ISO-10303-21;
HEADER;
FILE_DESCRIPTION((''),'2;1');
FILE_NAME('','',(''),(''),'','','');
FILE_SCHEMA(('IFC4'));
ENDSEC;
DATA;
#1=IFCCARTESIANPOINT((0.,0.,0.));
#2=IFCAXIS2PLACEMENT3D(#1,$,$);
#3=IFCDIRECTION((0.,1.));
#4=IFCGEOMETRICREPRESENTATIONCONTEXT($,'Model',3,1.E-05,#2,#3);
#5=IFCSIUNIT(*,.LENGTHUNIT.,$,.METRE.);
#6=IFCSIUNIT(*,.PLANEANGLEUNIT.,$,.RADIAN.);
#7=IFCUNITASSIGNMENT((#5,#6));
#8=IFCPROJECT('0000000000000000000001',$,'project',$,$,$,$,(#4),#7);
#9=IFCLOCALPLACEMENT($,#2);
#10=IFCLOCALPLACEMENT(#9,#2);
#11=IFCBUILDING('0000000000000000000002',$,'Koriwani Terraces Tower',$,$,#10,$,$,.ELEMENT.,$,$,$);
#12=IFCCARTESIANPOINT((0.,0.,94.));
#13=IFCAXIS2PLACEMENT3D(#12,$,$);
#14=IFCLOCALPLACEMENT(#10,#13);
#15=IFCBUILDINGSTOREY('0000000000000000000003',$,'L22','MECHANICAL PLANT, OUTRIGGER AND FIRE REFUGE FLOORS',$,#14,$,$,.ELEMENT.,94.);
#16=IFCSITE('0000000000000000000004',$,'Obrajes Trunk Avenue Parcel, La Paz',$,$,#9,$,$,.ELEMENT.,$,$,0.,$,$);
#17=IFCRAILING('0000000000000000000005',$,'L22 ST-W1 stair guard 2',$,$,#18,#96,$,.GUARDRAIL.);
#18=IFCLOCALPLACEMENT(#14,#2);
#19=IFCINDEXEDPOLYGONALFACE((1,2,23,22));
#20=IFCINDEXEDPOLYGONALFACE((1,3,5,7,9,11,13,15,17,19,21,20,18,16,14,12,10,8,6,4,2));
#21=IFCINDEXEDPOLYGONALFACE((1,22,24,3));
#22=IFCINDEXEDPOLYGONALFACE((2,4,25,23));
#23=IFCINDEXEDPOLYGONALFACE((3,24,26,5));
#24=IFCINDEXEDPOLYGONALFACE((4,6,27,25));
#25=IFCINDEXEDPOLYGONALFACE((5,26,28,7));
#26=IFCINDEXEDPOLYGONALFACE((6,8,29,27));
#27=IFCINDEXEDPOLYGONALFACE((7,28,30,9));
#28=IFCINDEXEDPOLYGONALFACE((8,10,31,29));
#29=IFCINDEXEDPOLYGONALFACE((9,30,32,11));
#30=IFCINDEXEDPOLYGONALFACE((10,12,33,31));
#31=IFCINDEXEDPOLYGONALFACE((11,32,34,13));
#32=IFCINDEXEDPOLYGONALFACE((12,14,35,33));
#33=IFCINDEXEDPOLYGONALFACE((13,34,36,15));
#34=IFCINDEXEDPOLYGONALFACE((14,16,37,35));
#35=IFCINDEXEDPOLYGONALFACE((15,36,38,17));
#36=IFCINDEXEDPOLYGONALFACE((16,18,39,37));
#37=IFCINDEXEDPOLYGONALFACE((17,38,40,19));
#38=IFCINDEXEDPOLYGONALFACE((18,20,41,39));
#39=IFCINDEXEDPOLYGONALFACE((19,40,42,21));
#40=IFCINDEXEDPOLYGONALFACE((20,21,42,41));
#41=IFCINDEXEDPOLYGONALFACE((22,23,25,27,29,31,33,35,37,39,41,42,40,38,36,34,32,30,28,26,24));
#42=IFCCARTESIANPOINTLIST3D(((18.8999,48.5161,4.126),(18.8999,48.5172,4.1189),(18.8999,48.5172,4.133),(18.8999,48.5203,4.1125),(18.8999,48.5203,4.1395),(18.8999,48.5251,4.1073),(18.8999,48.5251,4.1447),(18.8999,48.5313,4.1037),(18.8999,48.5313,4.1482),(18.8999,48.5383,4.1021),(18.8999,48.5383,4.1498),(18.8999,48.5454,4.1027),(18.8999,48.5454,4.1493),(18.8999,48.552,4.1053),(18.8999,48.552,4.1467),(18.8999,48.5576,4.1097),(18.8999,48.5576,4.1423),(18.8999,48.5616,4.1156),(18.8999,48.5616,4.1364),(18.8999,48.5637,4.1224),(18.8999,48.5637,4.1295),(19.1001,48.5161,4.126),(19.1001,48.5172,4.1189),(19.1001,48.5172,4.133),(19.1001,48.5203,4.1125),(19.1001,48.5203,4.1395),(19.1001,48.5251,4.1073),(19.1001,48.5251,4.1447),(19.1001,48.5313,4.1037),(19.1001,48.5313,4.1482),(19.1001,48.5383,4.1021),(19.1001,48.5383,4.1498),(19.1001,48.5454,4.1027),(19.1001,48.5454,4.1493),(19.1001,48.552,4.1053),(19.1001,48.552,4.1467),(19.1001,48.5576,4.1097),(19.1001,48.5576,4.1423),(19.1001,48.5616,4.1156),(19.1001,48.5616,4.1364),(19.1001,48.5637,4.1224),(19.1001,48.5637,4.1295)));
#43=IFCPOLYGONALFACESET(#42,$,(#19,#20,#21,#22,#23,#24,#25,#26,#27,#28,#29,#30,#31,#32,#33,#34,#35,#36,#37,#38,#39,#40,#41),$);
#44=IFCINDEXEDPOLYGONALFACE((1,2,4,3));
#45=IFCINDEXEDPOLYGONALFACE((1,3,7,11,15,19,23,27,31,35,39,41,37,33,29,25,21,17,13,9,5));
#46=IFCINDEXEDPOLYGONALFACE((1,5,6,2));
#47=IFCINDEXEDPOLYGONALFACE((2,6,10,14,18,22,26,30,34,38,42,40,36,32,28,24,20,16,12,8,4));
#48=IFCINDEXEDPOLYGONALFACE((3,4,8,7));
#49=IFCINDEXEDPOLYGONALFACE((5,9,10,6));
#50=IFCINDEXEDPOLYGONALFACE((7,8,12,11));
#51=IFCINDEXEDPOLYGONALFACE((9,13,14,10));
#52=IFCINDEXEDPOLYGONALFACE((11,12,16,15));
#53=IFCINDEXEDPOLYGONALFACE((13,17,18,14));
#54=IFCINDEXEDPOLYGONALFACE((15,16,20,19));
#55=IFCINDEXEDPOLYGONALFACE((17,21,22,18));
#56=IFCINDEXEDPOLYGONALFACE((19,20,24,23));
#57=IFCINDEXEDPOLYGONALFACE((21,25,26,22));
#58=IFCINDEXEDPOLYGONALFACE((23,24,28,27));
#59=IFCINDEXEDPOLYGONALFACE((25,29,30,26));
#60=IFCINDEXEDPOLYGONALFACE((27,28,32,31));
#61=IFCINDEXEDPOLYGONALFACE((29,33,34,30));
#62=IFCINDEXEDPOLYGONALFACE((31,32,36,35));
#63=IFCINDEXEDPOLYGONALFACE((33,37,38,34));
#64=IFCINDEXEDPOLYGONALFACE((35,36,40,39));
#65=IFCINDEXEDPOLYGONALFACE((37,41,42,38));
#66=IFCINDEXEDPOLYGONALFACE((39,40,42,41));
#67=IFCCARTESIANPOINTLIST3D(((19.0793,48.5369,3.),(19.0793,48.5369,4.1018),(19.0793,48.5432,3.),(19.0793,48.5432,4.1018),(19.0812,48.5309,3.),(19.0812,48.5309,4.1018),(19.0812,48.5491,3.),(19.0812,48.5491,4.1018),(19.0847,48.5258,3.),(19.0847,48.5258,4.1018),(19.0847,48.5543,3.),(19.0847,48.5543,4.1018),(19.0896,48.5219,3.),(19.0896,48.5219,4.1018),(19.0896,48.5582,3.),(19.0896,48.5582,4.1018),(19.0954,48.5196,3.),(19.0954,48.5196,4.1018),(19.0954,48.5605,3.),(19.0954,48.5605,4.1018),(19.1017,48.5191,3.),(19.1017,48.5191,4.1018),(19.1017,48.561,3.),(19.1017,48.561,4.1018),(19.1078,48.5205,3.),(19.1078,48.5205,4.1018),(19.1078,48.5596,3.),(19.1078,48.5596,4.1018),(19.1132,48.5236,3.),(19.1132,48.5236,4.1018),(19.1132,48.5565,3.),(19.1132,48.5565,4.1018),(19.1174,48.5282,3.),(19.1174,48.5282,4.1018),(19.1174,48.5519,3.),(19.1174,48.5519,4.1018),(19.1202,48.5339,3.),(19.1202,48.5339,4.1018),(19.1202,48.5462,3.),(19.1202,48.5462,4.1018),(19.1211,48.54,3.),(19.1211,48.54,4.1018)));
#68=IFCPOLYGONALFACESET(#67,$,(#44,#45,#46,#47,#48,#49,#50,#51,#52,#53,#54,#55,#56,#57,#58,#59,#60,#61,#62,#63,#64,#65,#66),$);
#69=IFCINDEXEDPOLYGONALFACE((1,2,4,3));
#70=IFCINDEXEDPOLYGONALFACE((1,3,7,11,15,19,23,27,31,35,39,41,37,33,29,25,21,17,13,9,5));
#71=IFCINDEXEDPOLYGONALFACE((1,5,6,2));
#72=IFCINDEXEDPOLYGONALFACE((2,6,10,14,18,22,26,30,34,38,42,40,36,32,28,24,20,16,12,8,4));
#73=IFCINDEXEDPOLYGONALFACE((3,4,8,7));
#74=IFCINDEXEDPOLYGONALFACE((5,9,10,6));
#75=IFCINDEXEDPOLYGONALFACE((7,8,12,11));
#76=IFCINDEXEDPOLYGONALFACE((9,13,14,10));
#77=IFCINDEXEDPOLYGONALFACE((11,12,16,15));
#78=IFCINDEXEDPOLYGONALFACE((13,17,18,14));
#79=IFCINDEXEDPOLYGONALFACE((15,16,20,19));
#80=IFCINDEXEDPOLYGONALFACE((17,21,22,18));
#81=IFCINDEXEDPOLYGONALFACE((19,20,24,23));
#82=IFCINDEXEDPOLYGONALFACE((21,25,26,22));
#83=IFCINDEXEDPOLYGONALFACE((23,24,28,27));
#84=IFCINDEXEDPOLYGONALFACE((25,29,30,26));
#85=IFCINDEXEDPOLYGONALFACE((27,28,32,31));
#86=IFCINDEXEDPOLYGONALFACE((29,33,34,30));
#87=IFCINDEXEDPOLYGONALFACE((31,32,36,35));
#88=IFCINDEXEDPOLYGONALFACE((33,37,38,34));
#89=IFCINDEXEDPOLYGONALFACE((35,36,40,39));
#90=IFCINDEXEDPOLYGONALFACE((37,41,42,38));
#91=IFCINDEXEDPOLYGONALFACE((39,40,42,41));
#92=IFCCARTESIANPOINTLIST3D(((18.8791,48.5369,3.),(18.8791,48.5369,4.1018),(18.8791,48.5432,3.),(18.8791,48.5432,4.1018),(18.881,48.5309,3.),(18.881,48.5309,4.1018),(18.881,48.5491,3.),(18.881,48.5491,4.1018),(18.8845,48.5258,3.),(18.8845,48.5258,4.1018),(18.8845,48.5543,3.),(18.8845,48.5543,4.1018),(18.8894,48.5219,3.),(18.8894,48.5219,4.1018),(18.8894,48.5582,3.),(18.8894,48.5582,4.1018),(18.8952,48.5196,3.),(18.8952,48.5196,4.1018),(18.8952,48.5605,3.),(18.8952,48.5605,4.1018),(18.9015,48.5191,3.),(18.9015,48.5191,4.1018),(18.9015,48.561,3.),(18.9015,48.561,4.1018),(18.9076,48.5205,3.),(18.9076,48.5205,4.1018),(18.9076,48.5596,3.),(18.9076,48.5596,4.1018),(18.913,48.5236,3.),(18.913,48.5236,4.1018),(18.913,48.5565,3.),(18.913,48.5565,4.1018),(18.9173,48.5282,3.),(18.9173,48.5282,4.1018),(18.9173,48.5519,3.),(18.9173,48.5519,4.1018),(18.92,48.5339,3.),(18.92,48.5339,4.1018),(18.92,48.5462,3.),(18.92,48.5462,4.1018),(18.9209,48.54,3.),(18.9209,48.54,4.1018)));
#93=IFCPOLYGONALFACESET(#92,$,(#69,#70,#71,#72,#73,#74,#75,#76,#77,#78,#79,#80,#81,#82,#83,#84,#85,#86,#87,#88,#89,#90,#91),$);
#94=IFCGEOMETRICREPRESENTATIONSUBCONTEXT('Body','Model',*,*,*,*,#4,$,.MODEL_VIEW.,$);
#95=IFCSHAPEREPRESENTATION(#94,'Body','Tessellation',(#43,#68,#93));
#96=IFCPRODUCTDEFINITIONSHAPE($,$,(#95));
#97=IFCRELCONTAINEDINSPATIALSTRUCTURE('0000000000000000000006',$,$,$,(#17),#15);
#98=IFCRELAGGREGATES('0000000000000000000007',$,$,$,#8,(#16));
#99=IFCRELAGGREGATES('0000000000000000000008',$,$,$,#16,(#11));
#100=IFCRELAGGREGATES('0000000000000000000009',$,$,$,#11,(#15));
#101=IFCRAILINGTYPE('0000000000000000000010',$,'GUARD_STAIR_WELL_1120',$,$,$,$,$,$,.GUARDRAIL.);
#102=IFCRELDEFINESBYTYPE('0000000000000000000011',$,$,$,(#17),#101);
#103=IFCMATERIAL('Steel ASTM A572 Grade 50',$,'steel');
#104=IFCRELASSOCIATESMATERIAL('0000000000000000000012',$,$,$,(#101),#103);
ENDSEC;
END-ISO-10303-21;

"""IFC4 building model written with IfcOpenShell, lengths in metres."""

from ifc_helpers import new_model, si_unit, direction, frame, origin, origin_2d, place, context, subcontext, project, spatial, circle, extrude, material, type_object, element, save


model = new_model("IFC4")

# Units and contexts
model_context = context("Model", 3, precision=1e-05, world=origin(), true_north=direction((0.0, 1.0)))
body_context = subcontext(model_context, "Body", "Model", "MODEL_VIEW")
ifc_project = project(units=[si_unit("LENGTHUNIT", "METRE"), si_unit("PLANEANGLEUNIT", "RADIAN")], contexts=[model_context])

# Site, building, storey
site_placement = place(None, origin())
site = spatial("IfcSite", under=ifc_project, at=site_placement, Name="Obrajes Trunk Avenue Parcel, La Paz", CompositionType="ELEMENT", RefElevation=0.0)
building_placement = place(site_placement, origin())
building = spatial("IfcBuilding", under=site, at=building_placement, Name="Koriwani Terraces Tower", CompositionType="ELEMENT")
storey_placement = place(building_placement, frame((0.0, 0.0, 94.0)))
storey = spatial("IfcBuildingStorey", under=building, at=storey_placement, Name="L22", Description="MECHANICAL PLANT, OUTRIGGER AND FIRE REFUGE FLOORS", CompositionType="ELEMENT", Elevation=94.0)

# Shared definitions
ifc_material_1 = material(Name="Steel ASTM A572 Grade 50", Category="steel")

# Railing
railing_type_1 = type_object("IfcRailingType", Name="GUARD_STAIR_WELL_1120", PredefinedType="GUARDRAIL", material=ifc_material_1)
railing_1_placement = place(storey_placement, frame((19.1001, 48.54, 3.0)))
element("IfcRailing", 1, at=railing_1_placement, inside=storey, type_object=railing_type_1, Name="L22 ST-W1 stair guard 2", PredefinedType="GUARDRAIL", context=body_context, shape_type="SweptSolid", body=[
    extrude(circle(Radius=0.0239, at=origin_2d()), frame((0.0, 0.0, 1.126), z_axis=(-1.0, 0.0, 0.0), x_axis=(0.0, -1.0, 0.0)), (0.0, 0.0, 1.0), 0.2002),
    extrude(circle(Radius=0.021, at=origin_2d()), origin(), (0.0, 0.0, 1.0), 1.1018),
    extrude(circle(Radius=0.021, at=origin_2d()), frame((-0.2002, 0.0, 0.0)), (0.0, 0.0, 1.0), 1.1018),
])

save(model, "model.ifc")
